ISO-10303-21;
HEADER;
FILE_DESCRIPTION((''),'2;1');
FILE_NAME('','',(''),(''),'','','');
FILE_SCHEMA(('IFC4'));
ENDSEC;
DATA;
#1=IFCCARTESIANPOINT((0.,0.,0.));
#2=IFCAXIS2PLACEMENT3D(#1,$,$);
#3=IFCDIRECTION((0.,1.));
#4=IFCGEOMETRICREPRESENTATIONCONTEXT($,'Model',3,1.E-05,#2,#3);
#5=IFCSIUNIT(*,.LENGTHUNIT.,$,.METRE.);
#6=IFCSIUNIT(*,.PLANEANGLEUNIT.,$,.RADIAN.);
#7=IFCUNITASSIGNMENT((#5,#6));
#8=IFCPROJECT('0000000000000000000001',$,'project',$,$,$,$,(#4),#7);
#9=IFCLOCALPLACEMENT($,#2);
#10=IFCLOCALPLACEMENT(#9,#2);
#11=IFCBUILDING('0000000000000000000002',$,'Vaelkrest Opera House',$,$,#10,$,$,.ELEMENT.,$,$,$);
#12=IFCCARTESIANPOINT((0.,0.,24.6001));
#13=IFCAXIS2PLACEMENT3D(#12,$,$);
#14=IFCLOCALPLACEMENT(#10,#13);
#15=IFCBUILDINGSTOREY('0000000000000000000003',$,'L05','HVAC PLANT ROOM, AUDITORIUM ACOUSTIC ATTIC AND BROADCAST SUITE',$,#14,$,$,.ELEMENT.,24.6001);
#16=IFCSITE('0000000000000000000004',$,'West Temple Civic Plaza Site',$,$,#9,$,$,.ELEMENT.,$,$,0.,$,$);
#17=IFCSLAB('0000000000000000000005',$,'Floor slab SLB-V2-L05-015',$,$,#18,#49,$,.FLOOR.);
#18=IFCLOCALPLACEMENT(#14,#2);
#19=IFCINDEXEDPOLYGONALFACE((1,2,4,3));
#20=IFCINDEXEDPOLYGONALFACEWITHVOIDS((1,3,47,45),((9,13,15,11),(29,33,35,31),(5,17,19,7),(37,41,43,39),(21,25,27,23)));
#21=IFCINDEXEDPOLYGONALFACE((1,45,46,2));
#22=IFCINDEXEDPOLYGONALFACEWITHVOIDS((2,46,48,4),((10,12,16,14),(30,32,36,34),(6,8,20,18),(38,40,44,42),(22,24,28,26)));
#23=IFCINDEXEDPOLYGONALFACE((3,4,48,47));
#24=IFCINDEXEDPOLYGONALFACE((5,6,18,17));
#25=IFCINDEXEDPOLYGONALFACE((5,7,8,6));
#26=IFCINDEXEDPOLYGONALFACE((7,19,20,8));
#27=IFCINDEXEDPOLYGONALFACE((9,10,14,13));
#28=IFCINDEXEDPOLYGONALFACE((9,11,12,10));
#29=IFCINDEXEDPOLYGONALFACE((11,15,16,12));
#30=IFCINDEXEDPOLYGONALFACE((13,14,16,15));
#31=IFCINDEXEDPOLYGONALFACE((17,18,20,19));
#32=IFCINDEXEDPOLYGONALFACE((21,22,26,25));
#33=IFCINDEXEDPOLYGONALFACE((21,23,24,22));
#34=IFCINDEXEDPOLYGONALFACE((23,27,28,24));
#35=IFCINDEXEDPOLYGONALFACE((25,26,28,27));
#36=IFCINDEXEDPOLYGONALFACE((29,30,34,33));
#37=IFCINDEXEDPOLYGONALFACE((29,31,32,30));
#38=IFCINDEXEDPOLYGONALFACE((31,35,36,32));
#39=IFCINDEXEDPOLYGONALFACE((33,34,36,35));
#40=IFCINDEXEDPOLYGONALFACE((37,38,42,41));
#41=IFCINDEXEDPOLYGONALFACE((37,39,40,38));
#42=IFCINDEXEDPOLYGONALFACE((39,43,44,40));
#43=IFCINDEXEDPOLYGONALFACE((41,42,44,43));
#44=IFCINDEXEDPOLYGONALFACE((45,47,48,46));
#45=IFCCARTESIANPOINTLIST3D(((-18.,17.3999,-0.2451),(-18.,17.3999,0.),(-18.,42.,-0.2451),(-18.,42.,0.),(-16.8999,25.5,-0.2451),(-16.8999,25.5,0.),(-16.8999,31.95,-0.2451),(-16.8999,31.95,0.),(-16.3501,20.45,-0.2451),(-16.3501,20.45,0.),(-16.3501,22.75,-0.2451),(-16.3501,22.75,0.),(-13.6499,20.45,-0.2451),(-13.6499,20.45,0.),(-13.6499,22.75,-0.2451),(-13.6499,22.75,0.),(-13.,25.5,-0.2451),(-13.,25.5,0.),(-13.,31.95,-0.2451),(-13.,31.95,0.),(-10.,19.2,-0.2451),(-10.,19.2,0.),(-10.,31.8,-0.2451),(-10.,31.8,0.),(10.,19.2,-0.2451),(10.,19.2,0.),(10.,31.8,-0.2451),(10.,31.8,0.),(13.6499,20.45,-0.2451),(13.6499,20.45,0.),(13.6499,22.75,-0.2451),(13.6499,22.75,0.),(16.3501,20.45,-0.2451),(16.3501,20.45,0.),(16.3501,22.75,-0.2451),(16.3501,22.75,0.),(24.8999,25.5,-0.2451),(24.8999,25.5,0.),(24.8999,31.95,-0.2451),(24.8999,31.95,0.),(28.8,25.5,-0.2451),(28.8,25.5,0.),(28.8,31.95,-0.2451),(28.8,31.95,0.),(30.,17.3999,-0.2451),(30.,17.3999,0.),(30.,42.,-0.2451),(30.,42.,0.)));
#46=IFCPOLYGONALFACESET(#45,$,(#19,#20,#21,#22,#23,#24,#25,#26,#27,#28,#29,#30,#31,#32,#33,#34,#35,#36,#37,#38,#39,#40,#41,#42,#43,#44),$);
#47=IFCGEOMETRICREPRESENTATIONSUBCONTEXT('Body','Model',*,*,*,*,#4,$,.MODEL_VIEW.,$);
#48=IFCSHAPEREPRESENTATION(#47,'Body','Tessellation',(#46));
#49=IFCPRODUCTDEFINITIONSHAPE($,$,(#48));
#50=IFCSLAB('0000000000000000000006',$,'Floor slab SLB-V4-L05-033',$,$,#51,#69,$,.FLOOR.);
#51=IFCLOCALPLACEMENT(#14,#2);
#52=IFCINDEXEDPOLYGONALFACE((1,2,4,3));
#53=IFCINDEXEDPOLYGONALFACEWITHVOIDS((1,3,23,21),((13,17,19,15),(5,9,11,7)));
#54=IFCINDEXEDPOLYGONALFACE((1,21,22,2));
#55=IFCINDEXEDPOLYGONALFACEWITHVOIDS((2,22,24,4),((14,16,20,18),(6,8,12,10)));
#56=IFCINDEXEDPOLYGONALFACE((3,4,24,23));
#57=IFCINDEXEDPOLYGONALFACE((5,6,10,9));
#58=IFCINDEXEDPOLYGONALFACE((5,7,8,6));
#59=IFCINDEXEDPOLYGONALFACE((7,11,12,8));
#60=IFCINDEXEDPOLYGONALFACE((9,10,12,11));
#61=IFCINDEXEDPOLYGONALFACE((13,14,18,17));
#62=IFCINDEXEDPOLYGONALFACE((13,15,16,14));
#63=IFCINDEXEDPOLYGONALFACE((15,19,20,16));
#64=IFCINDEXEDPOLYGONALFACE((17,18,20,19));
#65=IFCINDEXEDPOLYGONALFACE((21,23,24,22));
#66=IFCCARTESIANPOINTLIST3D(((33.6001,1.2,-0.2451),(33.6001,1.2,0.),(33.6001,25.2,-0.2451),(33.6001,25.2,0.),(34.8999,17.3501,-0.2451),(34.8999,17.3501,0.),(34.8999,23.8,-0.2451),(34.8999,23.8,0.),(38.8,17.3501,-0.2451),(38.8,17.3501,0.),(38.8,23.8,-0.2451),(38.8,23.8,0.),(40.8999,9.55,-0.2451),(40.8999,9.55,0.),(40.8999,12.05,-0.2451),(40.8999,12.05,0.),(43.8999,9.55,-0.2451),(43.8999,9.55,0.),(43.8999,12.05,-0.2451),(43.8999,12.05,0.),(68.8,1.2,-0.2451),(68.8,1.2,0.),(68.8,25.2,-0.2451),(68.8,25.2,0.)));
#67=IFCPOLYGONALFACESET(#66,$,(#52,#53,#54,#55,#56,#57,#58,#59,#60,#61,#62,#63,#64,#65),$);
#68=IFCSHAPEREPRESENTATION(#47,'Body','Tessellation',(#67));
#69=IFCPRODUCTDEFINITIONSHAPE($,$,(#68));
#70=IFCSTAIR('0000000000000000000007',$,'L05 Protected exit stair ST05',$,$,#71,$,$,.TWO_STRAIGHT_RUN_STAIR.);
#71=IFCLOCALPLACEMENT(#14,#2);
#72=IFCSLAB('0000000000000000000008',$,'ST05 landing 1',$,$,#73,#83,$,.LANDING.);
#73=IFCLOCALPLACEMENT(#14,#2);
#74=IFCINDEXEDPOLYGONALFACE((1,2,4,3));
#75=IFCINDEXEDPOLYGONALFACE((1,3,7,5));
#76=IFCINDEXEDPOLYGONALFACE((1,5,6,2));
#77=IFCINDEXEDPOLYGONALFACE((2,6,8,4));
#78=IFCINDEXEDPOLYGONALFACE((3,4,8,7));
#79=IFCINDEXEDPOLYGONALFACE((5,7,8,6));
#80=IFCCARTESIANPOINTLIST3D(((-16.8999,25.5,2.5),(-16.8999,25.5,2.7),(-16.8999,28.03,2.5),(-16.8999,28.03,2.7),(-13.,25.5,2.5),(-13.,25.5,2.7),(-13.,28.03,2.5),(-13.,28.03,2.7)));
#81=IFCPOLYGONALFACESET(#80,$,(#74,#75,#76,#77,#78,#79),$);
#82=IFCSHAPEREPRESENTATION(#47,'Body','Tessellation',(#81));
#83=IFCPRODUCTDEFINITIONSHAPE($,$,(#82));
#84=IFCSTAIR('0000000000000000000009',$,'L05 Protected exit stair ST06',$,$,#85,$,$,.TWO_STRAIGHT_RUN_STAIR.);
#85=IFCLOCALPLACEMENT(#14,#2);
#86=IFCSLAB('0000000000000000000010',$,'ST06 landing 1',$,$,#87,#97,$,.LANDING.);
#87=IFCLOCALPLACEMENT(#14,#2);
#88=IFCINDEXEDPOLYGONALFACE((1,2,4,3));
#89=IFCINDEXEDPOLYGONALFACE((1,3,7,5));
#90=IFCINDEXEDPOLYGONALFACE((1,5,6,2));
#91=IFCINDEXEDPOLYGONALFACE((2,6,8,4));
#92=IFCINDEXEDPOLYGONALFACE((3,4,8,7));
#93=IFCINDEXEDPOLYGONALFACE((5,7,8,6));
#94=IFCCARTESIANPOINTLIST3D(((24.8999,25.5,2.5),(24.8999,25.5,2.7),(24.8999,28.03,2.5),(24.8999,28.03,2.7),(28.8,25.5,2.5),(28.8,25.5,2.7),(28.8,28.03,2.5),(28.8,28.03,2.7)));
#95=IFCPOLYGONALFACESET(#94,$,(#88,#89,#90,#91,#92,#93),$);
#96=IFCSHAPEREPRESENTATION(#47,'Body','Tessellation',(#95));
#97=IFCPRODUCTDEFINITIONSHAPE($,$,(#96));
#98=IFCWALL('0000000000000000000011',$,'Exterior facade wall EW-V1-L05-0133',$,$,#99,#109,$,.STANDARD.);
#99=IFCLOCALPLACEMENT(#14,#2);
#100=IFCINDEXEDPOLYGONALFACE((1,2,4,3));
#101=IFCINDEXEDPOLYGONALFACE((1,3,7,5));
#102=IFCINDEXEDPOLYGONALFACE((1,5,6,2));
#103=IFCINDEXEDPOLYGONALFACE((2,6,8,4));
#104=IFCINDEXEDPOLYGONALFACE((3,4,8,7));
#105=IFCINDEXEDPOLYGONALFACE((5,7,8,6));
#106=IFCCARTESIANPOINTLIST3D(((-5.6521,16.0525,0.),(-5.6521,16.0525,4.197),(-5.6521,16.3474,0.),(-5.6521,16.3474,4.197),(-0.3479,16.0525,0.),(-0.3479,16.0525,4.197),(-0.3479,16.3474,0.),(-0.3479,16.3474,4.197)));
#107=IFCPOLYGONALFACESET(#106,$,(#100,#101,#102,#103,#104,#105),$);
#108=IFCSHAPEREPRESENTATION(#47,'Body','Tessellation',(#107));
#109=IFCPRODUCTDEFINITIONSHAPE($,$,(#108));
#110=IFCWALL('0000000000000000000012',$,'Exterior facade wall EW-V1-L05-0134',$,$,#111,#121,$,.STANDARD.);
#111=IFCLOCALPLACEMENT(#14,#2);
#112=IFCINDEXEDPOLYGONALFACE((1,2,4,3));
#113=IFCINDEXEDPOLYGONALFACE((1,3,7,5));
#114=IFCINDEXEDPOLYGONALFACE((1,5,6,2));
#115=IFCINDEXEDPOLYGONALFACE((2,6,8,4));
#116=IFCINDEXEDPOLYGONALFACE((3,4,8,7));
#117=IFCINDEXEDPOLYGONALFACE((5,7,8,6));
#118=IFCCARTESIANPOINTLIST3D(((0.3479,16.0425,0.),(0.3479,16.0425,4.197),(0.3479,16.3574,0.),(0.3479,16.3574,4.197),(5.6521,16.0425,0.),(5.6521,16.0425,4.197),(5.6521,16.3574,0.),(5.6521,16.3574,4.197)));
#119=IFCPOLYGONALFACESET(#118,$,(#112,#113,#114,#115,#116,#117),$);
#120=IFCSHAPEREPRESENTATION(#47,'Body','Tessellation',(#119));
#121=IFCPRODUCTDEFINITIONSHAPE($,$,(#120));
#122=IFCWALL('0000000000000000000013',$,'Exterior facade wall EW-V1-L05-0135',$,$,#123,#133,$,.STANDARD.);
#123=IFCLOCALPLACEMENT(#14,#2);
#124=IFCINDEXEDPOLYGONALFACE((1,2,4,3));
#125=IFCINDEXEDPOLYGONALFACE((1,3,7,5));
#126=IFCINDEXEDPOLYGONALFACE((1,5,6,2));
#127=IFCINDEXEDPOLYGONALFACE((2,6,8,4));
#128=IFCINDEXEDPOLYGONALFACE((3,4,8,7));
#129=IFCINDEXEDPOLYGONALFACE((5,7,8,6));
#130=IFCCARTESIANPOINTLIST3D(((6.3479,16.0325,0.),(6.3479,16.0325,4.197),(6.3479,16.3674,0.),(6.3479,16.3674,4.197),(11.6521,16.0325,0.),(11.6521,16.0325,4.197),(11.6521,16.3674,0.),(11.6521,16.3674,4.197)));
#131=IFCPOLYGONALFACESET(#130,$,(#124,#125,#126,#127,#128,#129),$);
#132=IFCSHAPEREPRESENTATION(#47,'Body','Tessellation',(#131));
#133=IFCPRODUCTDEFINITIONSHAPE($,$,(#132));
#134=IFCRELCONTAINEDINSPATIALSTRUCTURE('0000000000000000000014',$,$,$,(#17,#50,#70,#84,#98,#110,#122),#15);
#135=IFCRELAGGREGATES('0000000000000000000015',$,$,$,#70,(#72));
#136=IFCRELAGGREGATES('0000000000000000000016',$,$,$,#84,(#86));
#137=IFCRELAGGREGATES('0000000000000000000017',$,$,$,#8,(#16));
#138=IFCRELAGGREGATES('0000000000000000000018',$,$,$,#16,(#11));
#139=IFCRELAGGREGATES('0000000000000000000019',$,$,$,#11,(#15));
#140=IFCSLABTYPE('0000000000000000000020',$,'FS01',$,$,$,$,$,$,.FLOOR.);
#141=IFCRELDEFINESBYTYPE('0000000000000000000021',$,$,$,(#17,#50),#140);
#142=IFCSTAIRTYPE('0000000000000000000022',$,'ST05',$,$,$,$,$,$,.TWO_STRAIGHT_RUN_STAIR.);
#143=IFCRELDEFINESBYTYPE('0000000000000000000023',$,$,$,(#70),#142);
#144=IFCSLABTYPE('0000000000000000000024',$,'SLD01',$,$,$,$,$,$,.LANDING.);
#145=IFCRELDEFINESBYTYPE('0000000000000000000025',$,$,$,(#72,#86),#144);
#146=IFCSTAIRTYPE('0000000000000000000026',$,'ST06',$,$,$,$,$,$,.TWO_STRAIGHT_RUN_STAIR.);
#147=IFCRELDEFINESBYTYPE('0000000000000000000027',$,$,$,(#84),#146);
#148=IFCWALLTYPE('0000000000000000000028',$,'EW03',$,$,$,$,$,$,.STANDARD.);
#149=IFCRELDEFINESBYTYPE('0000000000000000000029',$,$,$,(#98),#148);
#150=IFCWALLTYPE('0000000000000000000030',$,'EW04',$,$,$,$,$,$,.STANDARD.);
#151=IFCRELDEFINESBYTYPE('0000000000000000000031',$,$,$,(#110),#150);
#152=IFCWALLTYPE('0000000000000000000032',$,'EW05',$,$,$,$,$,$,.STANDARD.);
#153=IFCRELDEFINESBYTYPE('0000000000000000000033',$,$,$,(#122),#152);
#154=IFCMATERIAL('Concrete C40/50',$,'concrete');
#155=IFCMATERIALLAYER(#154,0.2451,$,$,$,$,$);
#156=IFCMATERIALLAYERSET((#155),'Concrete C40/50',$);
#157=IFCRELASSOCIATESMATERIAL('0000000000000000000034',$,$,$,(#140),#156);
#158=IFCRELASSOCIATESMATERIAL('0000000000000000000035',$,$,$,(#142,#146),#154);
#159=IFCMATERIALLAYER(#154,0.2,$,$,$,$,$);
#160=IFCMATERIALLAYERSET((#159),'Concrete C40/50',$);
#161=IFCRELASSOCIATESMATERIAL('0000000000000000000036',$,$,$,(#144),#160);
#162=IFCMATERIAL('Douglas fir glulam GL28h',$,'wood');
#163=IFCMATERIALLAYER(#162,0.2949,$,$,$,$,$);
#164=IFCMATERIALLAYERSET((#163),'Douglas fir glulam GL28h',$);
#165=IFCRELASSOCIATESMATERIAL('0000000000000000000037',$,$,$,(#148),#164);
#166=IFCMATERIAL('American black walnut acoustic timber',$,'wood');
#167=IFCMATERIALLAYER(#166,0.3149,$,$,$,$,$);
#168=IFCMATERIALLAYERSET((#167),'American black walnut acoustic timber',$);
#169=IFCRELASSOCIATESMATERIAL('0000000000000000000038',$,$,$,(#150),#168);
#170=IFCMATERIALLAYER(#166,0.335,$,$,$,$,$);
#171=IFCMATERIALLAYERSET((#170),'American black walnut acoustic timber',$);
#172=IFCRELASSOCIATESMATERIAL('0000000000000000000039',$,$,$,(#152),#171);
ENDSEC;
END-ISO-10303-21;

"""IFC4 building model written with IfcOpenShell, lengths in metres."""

from ifc_helpers import new_model, si_unit, direction, frame, frame_2d, origin, place, context, subcontext, project, spatial, polyline, rectangle, outline, extrude, material, layer, layer_set, type_object, element, aggregate, save


model = new_model("IFC4")

# Units and contexts
model_context = context("Model", 3, precision=1e-05, world=origin(), true_north=direction((0.0, 1.0)))
body_context = subcontext(model_context, "Body", "Model", "MODEL_VIEW")
ifc_project = project(units=[si_unit("LENGTHUNIT", "METRE"), si_unit("PLANEANGLEUNIT", "RADIAN")], contexts=[model_context])

# Site, building, storey
site_placement = place(None, origin())
site = spatial("IfcSite", under=ifc_project, at=site_placement, Name="West Temple Civic Plaza Site", CompositionType="ELEMENT", RefElevation=0.0)
building_placement = place(site_placement, origin())
building = spatial("IfcBuilding", under=site, at=building_placement, Name="Vaelkrest Opera House", CompositionType="ELEMENT")
storey_placement = place(building_placement, frame((0.0, 0.0, 24.6001)))
storey = spatial("IfcBuildingStorey", under=building, at=storey_placement, Name="L05", Description="HVAC PLANT ROOM, AUDITORIUM ACOUSTIC ATTIC AND BROADCAST SUITE", CompositionType="ELEMENT", Elevation=24.6001)

# Slabs
ifc_material_1 = material(Name="Concrete C40/50", Category="concrete")
ifc_layer_1 = layer(ifc_material_1, 0.2451)
ifc_layer_set_1 = layer_set([ifc_layer_1], Name="Concrete C40/50")
slab_type_1 = type_object("IfcSlabType", Name="FS01", PredefinedType="FLOOR", material=ifc_layer_set_1)
slab_1_placement = place(storey_placement, frame((0.0, 0.0, -0.2451)))
element("IfcSlab", 1, at=slab_1_placement, inside=storey, type_object=slab_type_1, Name="Floor slab SLB-V2-L05-015", PredefinedType="FLOOR", context=body_context, shape_type="SweptSolid", body=[
    extrude(outline(polyline([(-18.0, 17.3999), (30.0, 17.3999), (30.0, 42.0), (-18.0, 42.0), (-18.0, 17.3999)]), holes=[polyline([(-10.0, 19.2), (10.0, 19.2), (10.0, 31.8), (-10.0, 31.8), (-10.0, 19.2)]), polyline([(-16.8999, 31.95), (-16.8999, 25.5), (-13.0, 25.5), (-13.0, 31.95), (-16.8999, 31.95)]), polyline([(24.8999, 31.95), (24.8999, 25.5), (28.8, 25.5), (28.8, 31.95), (24.8999, 31.95)]), polyline([(-16.3501, 20.45), (-13.6499, 20.45), (-13.6499, 22.75), (-16.3501, 22.75), (-16.3501, 20.45)]), polyline([(13.6499, 20.45), (16.3501, 20.45), (16.3501, 22.75), (13.6499, 22.75), (13.6499, 20.45)])]), origin(), (0.0, 0.0, 1.0), 0.2451),
])
slab_2_placement = place(storey_placement, frame((0.0, 0.0, -0.2451)))
element("IfcSlab", 2, at=slab_2_placement, inside=storey, type_object=slab_type_1, Name="Floor slab SLB-V4-L05-033", PredefinedType="FLOOR", context=body_context, shape_type="SweptSolid", body=[
    extrude(outline(polyline([(33.6001, 1.2), (68.8, 1.2), (68.8, 25.2), (33.6001, 25.2), (33.6001, 1.2)]), holes=[polyline([(38.8, 17.3501), (38.8, 23.8), (34.8999, 23.8), (34.8999, 17.3501), (38.8, 17.3501)]), polyline([(40.8999, 9.55), (43.8999, 9.55), (43.8999, 12.05), (40.8999, 12.05), (40.8999, 9.55)])]), origin(), (0.0, 0.0, 1.0), 0.2451),
])

# Stairs, slabs
stair_type_1 = type_object("IfcStairType", Name="ST05", PredefinedType="TWO_STRAIGHT_RUN_STAIR", material=ifc_material_1)
stair_1_placement = place(storey_placement, origin())
stair_1 = element("IfcStair", 3, at=stair_1_placement, inside=storey, type_object=stair_type_1, Name="L05 Protected exit stair ST05", PredefinedType="TWO_STRAIGHT_RUN_STAIR")
ifc_layer_2 = layer(ifc_material_1, 0.2)
ifc_layer_set_2 = layer_set([ifc_layer_2], Name="Concrete C40/50")
slab_type_2 = type_object("IfcSlabType", Name="SLD01", PredefinedType="LANDING", material=ifc_layer_set_2)
slab_3_placement = place(storey_placement, frame((0.0, 0.0, 2.5)))
slab_3 = element("IfcSlab", 4, at=slab_3_placement, type_object=slab_type_2, Name="ST05 landing 1", PredefinedType="LANDING", context=body_context, shape_type="SweptSolid", body=[
    extrude(outline(polyline([(-16.8999, 28.03), (-16.8999, 25.5), (-13.0, 25.5), (-13.0, 28.03), (-16.8999, 28.03)])), origin(), (0.0, 0.0, 1.0), 0.2),
])
aggregate(stair_1, [slab_3])
stair_type_2 = type_object("IfcStairType", Name="ST06", PredefinedType="TWO_STRAIGHT_RUN_STAIR", material=ifc_material_1)
stair_2_placement = place(storey_placement, origin())
stair_2 = element("IfcStair", 5, at=stair_2_placement, inside=storey, type_object=stair_type_2, Name="L05 Protected exit stair ST06", PredefinedType="TWO_STRAIGHT_RUN_STAIR")
slab_4_placement = place(storey_placement, frame((0.0, 0.0, 2.5)))
slab_4 = element("IfcSlab", 6, at=slab_4_placement, type_object=slab_type_2, Name="ST06 landing 1", PredefinedType="LANDING", context=body_context, shape_type="SweptSolid", body=[
    extrude(outline(polyline([(24.8999, 28.03), (24.8999, 25.5), (28.8, 25.5), (28.8, 28.03), (24.8999, 28.03)])), origin(), (0.0, 0.0, 1.0), 0.2),
])
aggregate(stair_2, [slab_4])

# Walls
ifc_material_2 = material(Name="Douglas fir glulam GL28h", Category="wood")
ifc_layer_3 = layer(ifc_material_2, 0.2949)
ifc_layer_set_3 = layer_set([ifc_layer_3], Name="Douglas fir glulam GL28h")
wall_type_1 = type_object("IfcWallType", Name="EW03", PredefinedType="STANDARD", material=ifc_layer_set_3)
wall_1_placement = place(storey_placement, frame((-5.6521, 16.2, 0.0), z_axis=(0.0, 0.0, 1.0), x_axis=(1.0, 0.0, 0.0)))
element("IfcWall", 7, at=wall_1_placement, inside=storey, type_object=wall_type_1, Name="Exterior facade wall EW-V1-L05-0133", PredefinedType="STANDARD", context=body_context, shape_type="SweptSolid", body=[
    extrude(rectangle(XDim=5.3042, YDim=0.2949, at=frame_2d((2.6521, 0.0))), origin(), (0.0, 0.0, 1.0), 4.197),
])
ifc_material_3 = material(Name="American black walnut acoustic timber", Category="wood")
ifc_layer_4 = layer(ifc_material_3, 0.3149)
ifc_layer_set_4 = layer_set([ifc_layer_4], Name="American black walnut acoustic timber")
wall_type_2 = type_object("IfcWallType", Name="EW04", PredefinedType="STANDARD", material=ifc_layer_set_4)
wall_2_placement = place(storey_placement, frame((0.3479, 16.2, 0.0), z_axis=(0.0, 0.0, 1.0), x_axis=(1.0, 0.0, 0.0)))
element("IfcWall", 8, at=wall_2_placement, inside=storey, type_object=wall_type_2, Name="Exterior facade wall EW-V1-L05-0134", PredefinedType="STANDARD", context=body_context, shape_type="SweptSolid", body=[
    extrude(rectangle(XDim=5.3042, YDim=0.3149, at=frame_2d((2.6521, 0.0))), origin(), (0.0, 0.0, 1.0), 4.197),
])
ifc_layer_5 = layer(ifc_material_3, 0.335)
ifc_layer_set_5 = layer_set([ifc_layer_5], Name="American black walnut acoustic timber")
wall_type_3 = type_object("IfcWallType", Name="EW05", PredefinedType="STANDARD", material=ifc_layer_set_5)
wall_3_placement = place(storey_placement, frame((6.3479, 16.2, 0.0), z_axis=(0.0, 0.0, 1.0), x_axis=(1.0, 0.0, 0.0)))
element("IfcWall", 9, at=wall_3_placement, inside=storey, type_object=wall_type_3, Name="Exterior facade wall EW-V1-L05-0135", PredefinedType="STANDARD", context=body_context, shape_type="SweptSolid", body=[
    extrude(rectangle(XDim=5.3042, YDim=0.335, at=frame_2d((2.6521, 0.0))), origin(), (0.0, 0.0, 1.0), 4.197),
])

save(model, "model.ifc")
